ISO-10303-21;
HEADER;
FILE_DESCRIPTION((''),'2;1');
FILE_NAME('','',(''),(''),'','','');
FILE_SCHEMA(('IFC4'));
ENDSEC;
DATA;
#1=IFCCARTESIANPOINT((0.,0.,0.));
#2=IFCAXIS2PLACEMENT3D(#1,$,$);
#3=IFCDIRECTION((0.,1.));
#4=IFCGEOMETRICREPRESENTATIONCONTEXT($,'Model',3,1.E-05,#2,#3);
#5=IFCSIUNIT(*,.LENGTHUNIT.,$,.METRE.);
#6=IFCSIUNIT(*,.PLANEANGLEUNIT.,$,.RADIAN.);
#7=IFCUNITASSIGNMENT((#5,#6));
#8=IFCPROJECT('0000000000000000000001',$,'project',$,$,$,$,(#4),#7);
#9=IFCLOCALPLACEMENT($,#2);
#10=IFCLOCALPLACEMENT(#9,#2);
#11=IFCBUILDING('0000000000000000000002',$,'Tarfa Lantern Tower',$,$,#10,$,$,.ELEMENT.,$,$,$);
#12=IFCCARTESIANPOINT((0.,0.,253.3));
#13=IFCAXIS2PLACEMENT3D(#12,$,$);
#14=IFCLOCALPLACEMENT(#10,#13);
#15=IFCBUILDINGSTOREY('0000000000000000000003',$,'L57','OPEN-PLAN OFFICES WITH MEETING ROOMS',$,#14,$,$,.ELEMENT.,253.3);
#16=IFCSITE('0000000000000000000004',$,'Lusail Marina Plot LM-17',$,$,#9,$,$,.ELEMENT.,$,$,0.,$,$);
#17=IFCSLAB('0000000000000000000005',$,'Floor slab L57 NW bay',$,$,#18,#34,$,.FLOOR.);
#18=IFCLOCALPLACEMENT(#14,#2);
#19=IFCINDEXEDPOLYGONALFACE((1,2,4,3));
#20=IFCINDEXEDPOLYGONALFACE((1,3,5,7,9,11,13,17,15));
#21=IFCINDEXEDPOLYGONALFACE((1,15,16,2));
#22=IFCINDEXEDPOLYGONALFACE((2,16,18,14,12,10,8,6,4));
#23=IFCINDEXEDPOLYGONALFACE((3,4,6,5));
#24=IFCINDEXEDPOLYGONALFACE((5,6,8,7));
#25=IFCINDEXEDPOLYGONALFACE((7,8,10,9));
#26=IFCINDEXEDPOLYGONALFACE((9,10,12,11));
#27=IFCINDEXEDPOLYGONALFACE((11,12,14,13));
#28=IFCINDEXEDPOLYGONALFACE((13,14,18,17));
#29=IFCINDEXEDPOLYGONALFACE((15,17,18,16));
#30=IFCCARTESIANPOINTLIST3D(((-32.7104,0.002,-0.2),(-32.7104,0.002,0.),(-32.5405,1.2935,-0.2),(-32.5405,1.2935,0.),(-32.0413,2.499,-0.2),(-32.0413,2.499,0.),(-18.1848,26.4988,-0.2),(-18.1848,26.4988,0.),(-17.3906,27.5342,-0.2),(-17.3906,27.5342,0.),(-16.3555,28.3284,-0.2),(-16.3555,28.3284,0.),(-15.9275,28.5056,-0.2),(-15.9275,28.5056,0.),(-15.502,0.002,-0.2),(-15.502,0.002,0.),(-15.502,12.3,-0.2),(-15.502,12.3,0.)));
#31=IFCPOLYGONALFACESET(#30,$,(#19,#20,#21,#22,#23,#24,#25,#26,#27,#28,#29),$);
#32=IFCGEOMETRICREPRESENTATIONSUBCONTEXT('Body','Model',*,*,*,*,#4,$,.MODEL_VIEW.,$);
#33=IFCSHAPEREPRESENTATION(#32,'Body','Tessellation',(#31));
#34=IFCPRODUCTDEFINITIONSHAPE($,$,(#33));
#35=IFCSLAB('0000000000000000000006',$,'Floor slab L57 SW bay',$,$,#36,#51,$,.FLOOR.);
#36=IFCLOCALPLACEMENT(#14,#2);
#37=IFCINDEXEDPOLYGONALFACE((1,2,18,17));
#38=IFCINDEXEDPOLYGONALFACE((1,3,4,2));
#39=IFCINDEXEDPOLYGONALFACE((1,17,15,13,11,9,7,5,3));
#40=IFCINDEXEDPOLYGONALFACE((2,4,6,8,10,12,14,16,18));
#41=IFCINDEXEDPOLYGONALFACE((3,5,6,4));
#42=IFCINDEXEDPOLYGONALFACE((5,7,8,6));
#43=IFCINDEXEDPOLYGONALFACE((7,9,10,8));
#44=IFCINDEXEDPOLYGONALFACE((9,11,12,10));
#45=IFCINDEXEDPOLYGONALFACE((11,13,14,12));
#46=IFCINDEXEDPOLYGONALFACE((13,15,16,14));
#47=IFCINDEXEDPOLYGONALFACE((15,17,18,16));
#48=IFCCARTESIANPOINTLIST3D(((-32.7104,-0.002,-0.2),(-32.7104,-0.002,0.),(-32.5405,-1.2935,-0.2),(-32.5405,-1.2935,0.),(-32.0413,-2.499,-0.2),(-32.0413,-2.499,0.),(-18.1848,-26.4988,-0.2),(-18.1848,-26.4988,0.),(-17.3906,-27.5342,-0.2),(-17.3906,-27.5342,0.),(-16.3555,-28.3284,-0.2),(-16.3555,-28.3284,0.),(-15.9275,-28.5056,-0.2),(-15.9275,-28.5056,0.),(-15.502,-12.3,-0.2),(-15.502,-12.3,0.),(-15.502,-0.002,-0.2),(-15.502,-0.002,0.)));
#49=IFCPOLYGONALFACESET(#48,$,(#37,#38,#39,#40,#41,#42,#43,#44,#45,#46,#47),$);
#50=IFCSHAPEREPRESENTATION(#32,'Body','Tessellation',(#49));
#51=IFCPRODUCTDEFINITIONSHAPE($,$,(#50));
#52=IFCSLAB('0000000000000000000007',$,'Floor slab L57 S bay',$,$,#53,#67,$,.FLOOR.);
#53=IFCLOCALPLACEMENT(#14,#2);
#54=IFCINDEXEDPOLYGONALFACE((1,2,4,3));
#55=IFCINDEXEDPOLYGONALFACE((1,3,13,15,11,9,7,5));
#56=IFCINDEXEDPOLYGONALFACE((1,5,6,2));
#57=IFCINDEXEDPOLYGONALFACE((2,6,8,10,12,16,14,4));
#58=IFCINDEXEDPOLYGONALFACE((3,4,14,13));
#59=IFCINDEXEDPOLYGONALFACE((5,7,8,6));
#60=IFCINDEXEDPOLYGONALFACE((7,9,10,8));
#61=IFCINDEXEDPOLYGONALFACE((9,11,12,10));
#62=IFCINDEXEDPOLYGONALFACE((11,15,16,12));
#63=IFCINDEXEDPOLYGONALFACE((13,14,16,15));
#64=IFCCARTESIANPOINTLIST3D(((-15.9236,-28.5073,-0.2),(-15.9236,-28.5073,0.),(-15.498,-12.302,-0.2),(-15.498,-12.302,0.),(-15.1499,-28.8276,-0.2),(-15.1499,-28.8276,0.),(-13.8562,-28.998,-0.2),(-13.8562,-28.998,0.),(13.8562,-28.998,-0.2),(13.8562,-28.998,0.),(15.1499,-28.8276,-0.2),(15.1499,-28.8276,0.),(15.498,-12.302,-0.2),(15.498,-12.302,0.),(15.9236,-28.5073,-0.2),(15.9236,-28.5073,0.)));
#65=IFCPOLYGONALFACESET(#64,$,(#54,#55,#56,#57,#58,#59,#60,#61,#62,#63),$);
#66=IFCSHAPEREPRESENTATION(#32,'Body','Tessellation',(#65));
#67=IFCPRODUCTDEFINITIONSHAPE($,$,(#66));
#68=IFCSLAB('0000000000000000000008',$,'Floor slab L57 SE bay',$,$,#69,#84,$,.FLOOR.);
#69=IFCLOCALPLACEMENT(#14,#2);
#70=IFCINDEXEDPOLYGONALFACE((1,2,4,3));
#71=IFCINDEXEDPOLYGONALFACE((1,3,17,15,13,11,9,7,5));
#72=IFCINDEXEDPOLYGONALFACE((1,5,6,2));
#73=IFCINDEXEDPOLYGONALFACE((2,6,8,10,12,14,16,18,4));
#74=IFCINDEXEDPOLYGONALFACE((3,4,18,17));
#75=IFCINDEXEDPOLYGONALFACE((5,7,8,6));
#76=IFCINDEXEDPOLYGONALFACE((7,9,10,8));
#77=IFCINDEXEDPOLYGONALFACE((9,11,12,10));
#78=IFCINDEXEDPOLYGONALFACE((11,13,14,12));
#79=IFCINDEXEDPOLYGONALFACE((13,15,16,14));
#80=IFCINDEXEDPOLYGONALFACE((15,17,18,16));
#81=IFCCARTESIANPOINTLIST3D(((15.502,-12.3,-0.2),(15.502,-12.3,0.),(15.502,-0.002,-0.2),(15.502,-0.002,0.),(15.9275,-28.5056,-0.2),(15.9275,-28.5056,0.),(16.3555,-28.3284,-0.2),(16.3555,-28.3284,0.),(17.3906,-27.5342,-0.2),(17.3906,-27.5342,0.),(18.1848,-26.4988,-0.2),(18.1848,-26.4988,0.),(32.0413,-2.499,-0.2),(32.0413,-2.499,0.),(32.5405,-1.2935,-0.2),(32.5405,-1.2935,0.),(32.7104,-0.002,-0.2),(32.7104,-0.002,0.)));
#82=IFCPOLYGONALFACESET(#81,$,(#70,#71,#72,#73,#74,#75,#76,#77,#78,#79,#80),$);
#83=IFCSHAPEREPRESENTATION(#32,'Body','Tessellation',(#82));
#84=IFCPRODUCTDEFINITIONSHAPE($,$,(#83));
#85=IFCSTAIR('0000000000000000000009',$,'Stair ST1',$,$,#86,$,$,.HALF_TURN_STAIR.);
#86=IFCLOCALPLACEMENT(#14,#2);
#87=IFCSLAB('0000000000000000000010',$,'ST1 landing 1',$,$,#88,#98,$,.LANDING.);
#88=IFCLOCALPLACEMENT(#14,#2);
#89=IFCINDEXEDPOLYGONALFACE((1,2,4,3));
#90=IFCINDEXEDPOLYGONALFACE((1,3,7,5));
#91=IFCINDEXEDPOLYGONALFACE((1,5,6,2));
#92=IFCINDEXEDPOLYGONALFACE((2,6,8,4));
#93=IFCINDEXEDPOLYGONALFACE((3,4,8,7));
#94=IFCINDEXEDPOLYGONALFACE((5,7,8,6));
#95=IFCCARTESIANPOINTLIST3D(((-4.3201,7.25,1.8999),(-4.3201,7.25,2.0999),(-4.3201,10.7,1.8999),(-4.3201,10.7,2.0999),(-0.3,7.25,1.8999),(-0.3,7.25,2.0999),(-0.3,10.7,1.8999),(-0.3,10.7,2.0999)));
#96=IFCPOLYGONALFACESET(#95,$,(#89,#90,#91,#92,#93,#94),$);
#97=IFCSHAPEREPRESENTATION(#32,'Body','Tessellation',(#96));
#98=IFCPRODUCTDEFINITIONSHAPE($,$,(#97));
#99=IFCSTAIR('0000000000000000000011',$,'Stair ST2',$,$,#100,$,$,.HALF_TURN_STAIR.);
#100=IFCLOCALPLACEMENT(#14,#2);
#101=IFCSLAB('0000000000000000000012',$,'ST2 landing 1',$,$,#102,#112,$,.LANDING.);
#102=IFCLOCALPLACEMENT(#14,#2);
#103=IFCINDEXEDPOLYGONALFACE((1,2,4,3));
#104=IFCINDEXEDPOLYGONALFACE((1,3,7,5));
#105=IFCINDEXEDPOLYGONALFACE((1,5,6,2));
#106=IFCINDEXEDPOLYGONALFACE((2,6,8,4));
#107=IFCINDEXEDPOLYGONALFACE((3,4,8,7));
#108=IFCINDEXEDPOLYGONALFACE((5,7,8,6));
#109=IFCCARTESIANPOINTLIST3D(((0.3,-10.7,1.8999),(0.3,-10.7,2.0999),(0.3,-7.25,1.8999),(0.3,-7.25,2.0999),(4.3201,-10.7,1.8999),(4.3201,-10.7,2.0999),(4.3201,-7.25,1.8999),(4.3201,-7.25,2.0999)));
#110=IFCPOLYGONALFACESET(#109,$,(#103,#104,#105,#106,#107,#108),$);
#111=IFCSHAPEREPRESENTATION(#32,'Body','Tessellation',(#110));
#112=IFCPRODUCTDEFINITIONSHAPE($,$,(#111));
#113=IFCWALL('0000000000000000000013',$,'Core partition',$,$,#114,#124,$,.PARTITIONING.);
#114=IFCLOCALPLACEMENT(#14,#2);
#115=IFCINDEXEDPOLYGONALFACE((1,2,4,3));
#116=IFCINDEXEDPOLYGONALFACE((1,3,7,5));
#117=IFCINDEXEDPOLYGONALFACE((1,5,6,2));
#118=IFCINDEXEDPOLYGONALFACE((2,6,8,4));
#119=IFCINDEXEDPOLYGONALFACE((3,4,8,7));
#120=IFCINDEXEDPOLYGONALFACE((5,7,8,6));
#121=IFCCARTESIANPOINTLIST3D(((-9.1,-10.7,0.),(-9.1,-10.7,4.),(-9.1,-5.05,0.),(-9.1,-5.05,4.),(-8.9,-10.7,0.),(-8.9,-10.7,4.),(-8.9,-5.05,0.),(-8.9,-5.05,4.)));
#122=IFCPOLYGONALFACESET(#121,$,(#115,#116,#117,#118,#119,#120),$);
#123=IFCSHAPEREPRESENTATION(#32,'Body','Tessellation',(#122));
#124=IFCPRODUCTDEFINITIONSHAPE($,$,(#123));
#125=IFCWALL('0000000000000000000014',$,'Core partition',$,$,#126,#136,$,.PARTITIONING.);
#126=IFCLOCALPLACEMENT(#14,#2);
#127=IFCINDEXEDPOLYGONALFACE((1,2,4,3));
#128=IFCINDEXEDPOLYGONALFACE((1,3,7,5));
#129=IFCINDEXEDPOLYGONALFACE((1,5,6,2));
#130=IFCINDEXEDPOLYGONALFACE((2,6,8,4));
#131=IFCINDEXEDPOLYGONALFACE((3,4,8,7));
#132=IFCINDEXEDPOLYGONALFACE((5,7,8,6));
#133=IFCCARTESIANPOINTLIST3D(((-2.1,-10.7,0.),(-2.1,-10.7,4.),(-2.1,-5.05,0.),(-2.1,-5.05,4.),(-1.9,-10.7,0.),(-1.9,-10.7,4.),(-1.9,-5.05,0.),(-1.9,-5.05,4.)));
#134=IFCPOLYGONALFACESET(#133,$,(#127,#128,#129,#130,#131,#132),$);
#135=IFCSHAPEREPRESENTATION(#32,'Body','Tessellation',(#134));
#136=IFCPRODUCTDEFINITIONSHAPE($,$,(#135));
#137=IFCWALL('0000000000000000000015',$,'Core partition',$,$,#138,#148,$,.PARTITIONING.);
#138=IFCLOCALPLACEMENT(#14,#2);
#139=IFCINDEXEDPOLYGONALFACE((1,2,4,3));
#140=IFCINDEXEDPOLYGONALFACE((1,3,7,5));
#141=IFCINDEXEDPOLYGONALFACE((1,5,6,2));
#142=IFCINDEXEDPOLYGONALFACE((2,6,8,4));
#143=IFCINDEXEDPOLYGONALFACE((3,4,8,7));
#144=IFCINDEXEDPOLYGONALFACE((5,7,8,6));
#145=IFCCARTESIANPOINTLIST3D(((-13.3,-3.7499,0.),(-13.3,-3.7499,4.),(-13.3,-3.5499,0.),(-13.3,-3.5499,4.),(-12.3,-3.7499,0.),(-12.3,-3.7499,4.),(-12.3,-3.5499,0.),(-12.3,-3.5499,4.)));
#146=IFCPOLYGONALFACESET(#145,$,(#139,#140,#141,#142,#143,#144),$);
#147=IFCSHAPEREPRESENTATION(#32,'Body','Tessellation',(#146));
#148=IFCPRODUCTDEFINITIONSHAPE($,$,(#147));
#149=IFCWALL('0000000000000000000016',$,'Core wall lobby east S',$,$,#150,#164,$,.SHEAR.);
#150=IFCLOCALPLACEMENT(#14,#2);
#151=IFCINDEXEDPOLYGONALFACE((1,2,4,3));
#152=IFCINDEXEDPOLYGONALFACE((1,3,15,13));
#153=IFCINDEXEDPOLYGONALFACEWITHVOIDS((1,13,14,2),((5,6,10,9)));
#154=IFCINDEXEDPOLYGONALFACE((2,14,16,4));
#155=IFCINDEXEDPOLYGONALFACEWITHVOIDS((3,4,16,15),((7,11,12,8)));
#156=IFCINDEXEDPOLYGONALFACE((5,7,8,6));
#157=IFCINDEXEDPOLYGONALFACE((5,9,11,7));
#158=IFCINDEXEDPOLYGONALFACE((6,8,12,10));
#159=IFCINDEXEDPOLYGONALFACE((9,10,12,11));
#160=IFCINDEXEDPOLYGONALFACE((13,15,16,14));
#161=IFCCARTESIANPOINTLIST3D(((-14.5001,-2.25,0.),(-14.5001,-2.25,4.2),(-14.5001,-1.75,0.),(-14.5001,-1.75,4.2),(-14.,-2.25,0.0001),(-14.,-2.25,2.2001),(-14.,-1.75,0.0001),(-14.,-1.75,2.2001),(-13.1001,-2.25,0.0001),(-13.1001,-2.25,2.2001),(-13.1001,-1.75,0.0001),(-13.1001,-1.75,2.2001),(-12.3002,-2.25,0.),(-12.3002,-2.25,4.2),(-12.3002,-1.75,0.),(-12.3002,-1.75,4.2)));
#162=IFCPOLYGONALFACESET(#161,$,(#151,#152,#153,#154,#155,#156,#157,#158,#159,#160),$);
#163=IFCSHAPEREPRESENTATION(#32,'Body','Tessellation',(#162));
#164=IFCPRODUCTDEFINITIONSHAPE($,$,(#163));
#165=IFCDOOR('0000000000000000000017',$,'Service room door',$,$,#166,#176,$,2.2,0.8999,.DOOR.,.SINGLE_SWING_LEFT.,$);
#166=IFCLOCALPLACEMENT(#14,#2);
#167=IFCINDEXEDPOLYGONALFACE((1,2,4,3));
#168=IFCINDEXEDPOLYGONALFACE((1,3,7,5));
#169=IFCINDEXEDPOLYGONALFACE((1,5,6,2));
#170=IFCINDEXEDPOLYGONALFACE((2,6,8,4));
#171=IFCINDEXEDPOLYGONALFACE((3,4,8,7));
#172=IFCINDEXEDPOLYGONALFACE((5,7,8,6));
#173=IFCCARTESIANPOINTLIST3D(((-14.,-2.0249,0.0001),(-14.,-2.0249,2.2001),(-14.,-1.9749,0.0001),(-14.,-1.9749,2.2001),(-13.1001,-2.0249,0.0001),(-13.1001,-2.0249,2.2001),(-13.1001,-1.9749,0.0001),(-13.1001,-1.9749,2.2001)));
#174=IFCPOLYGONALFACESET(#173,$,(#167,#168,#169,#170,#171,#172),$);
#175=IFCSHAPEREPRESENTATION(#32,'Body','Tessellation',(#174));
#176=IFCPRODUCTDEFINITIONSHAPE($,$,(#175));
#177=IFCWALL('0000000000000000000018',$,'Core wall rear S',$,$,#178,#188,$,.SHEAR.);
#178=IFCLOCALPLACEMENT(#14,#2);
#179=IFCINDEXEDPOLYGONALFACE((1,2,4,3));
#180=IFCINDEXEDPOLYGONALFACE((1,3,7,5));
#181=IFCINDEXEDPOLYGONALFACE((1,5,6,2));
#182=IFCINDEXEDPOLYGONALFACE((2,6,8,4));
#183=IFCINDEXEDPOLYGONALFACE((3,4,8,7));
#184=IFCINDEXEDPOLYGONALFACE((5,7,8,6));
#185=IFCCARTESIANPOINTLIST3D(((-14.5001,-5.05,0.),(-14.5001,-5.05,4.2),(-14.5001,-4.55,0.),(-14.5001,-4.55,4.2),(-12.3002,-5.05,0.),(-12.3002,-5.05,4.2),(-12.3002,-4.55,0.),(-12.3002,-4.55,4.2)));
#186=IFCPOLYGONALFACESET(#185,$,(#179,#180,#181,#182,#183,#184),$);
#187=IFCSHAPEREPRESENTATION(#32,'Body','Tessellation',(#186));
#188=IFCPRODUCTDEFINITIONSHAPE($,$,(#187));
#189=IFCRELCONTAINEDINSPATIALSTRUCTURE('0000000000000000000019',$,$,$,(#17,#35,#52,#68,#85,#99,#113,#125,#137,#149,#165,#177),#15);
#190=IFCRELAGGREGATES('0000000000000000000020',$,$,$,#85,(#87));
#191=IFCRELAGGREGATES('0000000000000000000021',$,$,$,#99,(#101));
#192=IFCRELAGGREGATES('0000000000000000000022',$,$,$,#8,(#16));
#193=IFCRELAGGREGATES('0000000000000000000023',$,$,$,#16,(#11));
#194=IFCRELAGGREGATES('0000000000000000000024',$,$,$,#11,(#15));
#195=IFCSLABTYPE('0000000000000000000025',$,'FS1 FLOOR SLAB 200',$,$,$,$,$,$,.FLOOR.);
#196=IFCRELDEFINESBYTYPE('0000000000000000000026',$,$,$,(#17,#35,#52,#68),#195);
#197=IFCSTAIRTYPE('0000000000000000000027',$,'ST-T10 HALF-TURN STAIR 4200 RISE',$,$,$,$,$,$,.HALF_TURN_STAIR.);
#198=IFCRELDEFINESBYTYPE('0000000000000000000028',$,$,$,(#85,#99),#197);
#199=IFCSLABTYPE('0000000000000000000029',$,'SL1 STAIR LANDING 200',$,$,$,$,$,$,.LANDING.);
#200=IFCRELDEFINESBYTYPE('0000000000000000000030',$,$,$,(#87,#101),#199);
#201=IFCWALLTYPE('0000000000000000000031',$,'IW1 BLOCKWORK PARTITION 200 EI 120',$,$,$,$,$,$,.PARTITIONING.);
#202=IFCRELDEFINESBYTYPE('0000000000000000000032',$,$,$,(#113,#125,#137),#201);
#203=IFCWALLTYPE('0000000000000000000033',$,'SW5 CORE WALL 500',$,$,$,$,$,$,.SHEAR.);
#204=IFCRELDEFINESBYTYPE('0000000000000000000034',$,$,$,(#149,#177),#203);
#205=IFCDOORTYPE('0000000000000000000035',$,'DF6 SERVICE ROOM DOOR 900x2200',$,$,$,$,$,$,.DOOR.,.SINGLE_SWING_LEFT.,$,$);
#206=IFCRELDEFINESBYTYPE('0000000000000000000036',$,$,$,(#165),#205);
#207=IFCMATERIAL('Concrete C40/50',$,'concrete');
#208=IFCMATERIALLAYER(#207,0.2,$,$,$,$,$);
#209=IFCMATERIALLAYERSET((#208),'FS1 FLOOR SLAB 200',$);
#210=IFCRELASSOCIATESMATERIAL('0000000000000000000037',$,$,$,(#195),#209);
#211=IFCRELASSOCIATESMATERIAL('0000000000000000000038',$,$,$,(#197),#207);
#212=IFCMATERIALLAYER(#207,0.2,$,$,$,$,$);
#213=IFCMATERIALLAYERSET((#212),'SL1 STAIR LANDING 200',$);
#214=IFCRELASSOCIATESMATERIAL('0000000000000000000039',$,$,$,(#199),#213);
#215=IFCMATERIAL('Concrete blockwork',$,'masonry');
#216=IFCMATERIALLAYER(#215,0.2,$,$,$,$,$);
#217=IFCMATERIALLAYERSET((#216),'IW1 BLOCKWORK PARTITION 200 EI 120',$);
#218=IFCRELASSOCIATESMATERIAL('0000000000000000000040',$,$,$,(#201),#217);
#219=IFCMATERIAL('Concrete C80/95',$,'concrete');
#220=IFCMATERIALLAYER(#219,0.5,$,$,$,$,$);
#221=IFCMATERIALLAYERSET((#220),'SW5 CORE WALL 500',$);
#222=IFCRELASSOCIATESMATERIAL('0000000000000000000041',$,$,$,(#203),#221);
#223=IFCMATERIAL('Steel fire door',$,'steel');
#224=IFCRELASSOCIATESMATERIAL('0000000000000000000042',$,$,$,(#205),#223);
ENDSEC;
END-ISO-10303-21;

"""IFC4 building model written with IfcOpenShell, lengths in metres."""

from ifc_helpers import new_model, si_unit, direction, frame, frame_2d, origin, place, context, subcontext, project, spatial, polyline, rectangle, outline, extrude, material, layer, layer_set, type_object, element, fill, aggregate, save


model = new_model("IFC4")

# Units and contexts
model_context = context("Model", 3, precision=1e-05, world=origin(), true_north=direction((0.0, 1.0)))
body_context = subcontext(model_context, "Body", "Model", "MODEL_VIEW")
ifc_project = project(units=[si_unit("LENGTHUNIT", "METRE"), si_unit("PLANEANGLEUNIT", "RADIAN")], contexts=[model_context])

# Site, building, storey
site_placement = place(None, origin())
site = spatial("IfcSite", under=ifc_project, at=site_placement, Name="Lusail Marina Plot LM-17", CompositionType="ELEMENT", RefElevation=0.0)
building_placement = place(site_placement, origin())
building = spatial("IfcBuilding", under=site, at=building_placement, Name="Tarfa Lantern Tower", CompositionType="ELEMENT")
storey_placement = place(building_placement, frame((0.0, 0.0, 253.3)))
storey = spatial("IfcBuildingStorey", under=building, at=storey_placement, Name="L57", Description="OPEN-PLAN OFFICES WITH MEETING ROOMS", CompositionType="ELEMENT", Elevation=253.3)

# Slabs
ifc_material_1 = material(Name="Concrete C40/50", Category="concrete")
ifc_layer_1 = layer(ifc_material_1, 0.2)
ifc_layer_set_1 = layer_set([ifc_layer_1], Name="FS1 FLOOR SLAB 200")
slab_type_1 = type_object("IfcSlabType", Name="FS1 FLOOR SLAB 200", PredefinedType="FLOOR", material=ifc_layer_set_1)
slab_1_placement = place(storey_placement, frame((0.0, 0.0, -0.2)))
element("IfcSlab", 1, at=slab_1_placement, inside=storey, type_object=slab_type_1, Name="Floor slab L57 NW bay", PredefinedType="FLOOR", context=body_context, shape_type="SweptSolid", body=[
    extrude(outline(polyline([(-15.502, 0.002), (-15.502, 12.3), (-15.9275, 28.5056), (-16.3555, 28.3284), (-17.3906, 27.5342), (-18.1848, 26.4988), (-32.0413, 2.499), (-32.5405, 1.2935), (-32.7104, 0.002), (-15.502, 0.002)])), origin(), (0.0, 0.0, 1.0), 0.2),
])
slab_2_placement = place(storey_placement, frame((0.0, 0.0, -0.2)))
element("IfcSlab", 2, at=slab_2_placement, inside=storey, type_object=slab_type_1, Name="Floor slab L57 SW bay", PredefinedType="FLOOR", context=body_context, shape_type="SweptSolid", body=[
    extrude(outline(polyline([(-15.502, -12.3), (-15.502, -0.002), (-32.7104, -0.002), (-32.5405, -1.2935), (-32.0413, -2.499), (-18.1848, -26.4988), (-17.3906, -27.5342), (-16.3555, -28.3284), (-15.9275, -28.5056), (-15.502, -12.3)])), origin(), (0.0, 0.0, 1.0), 0.2),
])
slab_3_placement = place(storey_placement, frame((0.0, 0.0, -0.2)))
element("IfcSlab", 3, at=slab_3_placement, inside=storey, type_object=slab_type_1, Name="Floor slab L57 S bay", PredefinedType="FLOOR", context=body_context, shape_type="SweptSolid", body=[
    extrude(outline(polyline([(15.498, -12.302), (-15.498, -12.302), (-15.9236, -28.5073), (-15.1499, -28.8276), (-13.8562, -28.998), (13.8562, -28.998), (15.1499, -28.8276), (15.9236, -28.5073), (15.498, -12.302)])), origin(), (0.0, 0.0, 1.0), 0.2),
])
slab_4_placement = place(storey_placement, frame((0.0, 0.0, -0.2)))
element("IfcSlab", 4, at=slab_4_placement, inside=storey, type_object=slab_type_1, Name="Floor slab L57 SE bay", PredefinedType="FLOOR", context=body_context, shape_type="SweptSolid", body=[
    extrude(outline(polyline([(15.502, -0.002), (15.502, -12.3), (15.9275, -28.5056), (16.3555, -28.3284), (17.3906, -27.5342), (18.1848, -26.4988), (32.0413, -2.499), (32.5405, -1.2935), (32.7104, -0.002), (15.502, -0.002)])), origin(), (0.0, 0.0, 1.0), 0.2),
])

# Stairs, slabs
stair_type = type_object("IfcStairType", Name="ST-T10 HALF-TURN STAIR 4200 RISE", PredefinedType="HALF_TURN_STAIR", material=ifc_material_1)
stair_1_placement = place(storey_placement, origin())
stair_1 = element("IfcStair", 5, at=stair_1_placement, inside=storey, type_object=stair_type, Name="Stair ST1", PredefinedType="HALF_TURN_STAIR")
ifc_layer_2 = layer(ifc_material_1, 0.2)
ifc_layer_set_2 = layer_set([ifc_layer_2], Name="SL1 STAIR LANDING 200")
slab_type_2 = type_object("IfcSlabType", Name="SL1 STAIR LANDING 200", PredefinedType="LANDING", material=ifc_layer_set_2)
slab_5_placement = place(storey_placement, frame((0.0, 0.0, 1.8999)))
slab_5 = element("IfcSlab", 6, at=slab_5_placement, type_object=slab_type_2, Name="ST1 landing 1", PredefinedType="LANDING", context=body_context, shape_type="SweptSolid", body=[
    extrude(outline(polyline([(-4.3201, 7.25), (-0.3, 7.25), (-0.3, 10.7), (-4.3201, 10.7), (-4.3201, 7.25)])), origin(), (0.0, 0.0, 1.0), 0.2),
])
aggregate(stair_1, [slab_5])
stair_2_placement = place(storey_placement, origin())
stair_2 = element("IfcStair", 7, at=stair_2_placement, inside=storey, type_object=stair_type, Name="Stair ST2", PredefinedType="HALF_TURN_STAIR")
slab_6_placement = place(storey_placement, frame((0.0, 0.0, 1.8999)))
slab_6 = element("IfcSlab", 8, at=slab_6_placement, type_object=slab_type_2, Name="ST2 landing 1", PredefinedType="LANDING", context=body_context, shape_type="SweptSolid", body=[
    extrude(outline(polyline([(4.3201, -7.25), (0.3, -7.25), (0.3, -10.7), (4.3201, -10.7), (4.3201, -7.25)])), origin(), (0.0, 0.0, 1.0), 0.2),
])
aggregate(stair_2, [slab_6])

# Walls
ifc_material_2 = material(Name="Concrete blockwork", Category="masonry")
ifc_layer_3 = layer(ifc_material_2, 0.2)
ifc_layer_set_3 = layer_set([ifc_layer_3], Name="IW1 BLOCKWORK PARTITION 200 EI 120")
wall_type_1 = type_object("IfcWallType", Name="IW1 BLOCKWORK PARTITION 200 EI 120", PredefinedType="PARTITIONING", material=ifc_layer_set_3)
for number, where, z_axis, x_axis, name in (
    (9, (-9.0, -5.05, 0.0), (0.0, 0.0, 1.0), (0.0, -1.0, 0.0), "Core partition"),
    (10, (-2.0, -5.05, 0.0), (0.0, 0.0, 1.0), (0.0, -1.0, 0.0), "Core partition"),
):
    element("IfcWall", number, at=place(storey_placement, frame(where, z_axis=z_axis, x_axis=x_axis)), inside=storey, type_object=wall_type_1, Name=name, PredefinedType="PARTITIONING", context=body_context, shape_type="SweptSolid", body=[
        extrude(rectangle(XDim=5.6499, YDim=0.2, at=frame_2d((2.825, 0.0))), origin(), (0.0, 0.0, 1.0), 4.0),
    ])
wall_1_placement = place(storey_placement, frame((-12.3, -3.6499, 0.0), z_axis=(0.0, 0.0, 1.0), x_axis=(-1.0, 0.0, 0.0)))
element("IfcWall", 11, at=wall_1_placement, inside=storey, type_object=wall_type_1, Name="Core partition", PredefinedType="PARTITIONING", context=body_context, shape_type="SweptSolid", body=[
    extrude(rectangle(XDim=1.0, YDim=0.2, at=frame_2d((0.5, 0.0))), origin(), (0.0, 0.0, 1.0), 4.0),
])

# Wall, opening, door
ifc_material_3 = material(Name="Concrete C80/95", Category="concrete")
ifc_layer_4 = layer(ifc_material_3, 0.5)
ifc_layer_set_4 = layer_set([ifc_layer_4], Name="SW5 CORE WALL 500")
wall_type_2 = type_object("IfcWallType", Name="SW5 CORE WALL 500", PredefinedType="SHEAR", material=ifc_layer_set_4)
wall_2_placement = place(storey_placement, frame((-12.3, -2.0, 0.0), z_axis=(0.0, 0.0, 1.0), x_axis=(-1.0, 0.0, 0.0)))
wall_2 = element("IfcWall", 12, at=wall_2_placement, inside=storey, type_object=wall_type_2, Name="Core wall lobby east S", PredefinedType="SHEAR", context=body_context, shape_type="SweptSolid", body=[
    extrude(rectangle(XDim=2.2, YDim=0.5, at=frame_2d((1.1001, 0.0))), origin(), (0.0, 0.0, 1.0), 4.2),
])
opening_1_placement = place(wall_2_placement, frame((0.8, 0.0, 0.0)))
opening_1 = element("IfcOpeningElement", 13, at=opening_1_placement, cuts=wall_2, PredefinedType="OPENING", context=body_context, shape_type="SweptSolid", body=[
    extrude(rectangle(XDim=0.8999, YDim=2.2, at=frame_2d((0.45, 1.1001))), frame((0.0, 0.26, 0.0), z_axis=(0.0, -1.0, 0.0), x_axis=(1.0, 0.0, 0.0)), (0.0, 0.0, 1.0), 0.52),
])
ifc_material_4 = material(Name="Steel fire door", Category="steel")
door_type_1 = type_object("IfcDoorType", Name="DF6 SERVICE ROOM DOOR 900x2200", OperationType="SINGLE_SWING_LEFT", PredefinedType="DOOR", material=ifc_material_4)
door_1_placement = place(opening_1_placement, origin())
door_1 = element("IfcDoor", 14, at=door_1_placement, inside=storey, type_object=door_type_1, Name="Service room door", OperationType="SINGLE_SWING_LEFT", OverallHeight=2.2, OverallWidth=0.8999, PredefinedType="DOOR", context=body_context, shape_type="SweptSolid", body=[
    extrude(rectangle(XDim=0.8999, YDim=2.2, at=frame_2d((0.45, 1.1001))), frame((0.0, 0.0249, 0.0), z_axis=(0.0, -1.0, 0.0), x_axis=(1.0, 0.0, 0.0)), (0.0, 0.0, 1.0), 0.05),
])
fill(opening_1, door_1)

# Wall
wall_3_placement = place(storey_placement, frame((-12.3, -4.8, 0.0), z_axis=(0.0, 0.0, 1.0), x_axis=(-1.0, 0.0, 0.0)))
element("IfcWall", 15, at=wall_3_placement, inside=storey, type_object=wall_type_2, Name="Core wall rear S", PredefinedType="SHEAR", context=body_context, shape_type="SweptSolid", body=[
    extrude(rectangle(XDim=2.2, YDim=0.5, at=frame_2d((1.1001, 0.0))), origin(), (0.0, 0.0, 1.0), 4.2),
])

save(model, "model.ifc")
